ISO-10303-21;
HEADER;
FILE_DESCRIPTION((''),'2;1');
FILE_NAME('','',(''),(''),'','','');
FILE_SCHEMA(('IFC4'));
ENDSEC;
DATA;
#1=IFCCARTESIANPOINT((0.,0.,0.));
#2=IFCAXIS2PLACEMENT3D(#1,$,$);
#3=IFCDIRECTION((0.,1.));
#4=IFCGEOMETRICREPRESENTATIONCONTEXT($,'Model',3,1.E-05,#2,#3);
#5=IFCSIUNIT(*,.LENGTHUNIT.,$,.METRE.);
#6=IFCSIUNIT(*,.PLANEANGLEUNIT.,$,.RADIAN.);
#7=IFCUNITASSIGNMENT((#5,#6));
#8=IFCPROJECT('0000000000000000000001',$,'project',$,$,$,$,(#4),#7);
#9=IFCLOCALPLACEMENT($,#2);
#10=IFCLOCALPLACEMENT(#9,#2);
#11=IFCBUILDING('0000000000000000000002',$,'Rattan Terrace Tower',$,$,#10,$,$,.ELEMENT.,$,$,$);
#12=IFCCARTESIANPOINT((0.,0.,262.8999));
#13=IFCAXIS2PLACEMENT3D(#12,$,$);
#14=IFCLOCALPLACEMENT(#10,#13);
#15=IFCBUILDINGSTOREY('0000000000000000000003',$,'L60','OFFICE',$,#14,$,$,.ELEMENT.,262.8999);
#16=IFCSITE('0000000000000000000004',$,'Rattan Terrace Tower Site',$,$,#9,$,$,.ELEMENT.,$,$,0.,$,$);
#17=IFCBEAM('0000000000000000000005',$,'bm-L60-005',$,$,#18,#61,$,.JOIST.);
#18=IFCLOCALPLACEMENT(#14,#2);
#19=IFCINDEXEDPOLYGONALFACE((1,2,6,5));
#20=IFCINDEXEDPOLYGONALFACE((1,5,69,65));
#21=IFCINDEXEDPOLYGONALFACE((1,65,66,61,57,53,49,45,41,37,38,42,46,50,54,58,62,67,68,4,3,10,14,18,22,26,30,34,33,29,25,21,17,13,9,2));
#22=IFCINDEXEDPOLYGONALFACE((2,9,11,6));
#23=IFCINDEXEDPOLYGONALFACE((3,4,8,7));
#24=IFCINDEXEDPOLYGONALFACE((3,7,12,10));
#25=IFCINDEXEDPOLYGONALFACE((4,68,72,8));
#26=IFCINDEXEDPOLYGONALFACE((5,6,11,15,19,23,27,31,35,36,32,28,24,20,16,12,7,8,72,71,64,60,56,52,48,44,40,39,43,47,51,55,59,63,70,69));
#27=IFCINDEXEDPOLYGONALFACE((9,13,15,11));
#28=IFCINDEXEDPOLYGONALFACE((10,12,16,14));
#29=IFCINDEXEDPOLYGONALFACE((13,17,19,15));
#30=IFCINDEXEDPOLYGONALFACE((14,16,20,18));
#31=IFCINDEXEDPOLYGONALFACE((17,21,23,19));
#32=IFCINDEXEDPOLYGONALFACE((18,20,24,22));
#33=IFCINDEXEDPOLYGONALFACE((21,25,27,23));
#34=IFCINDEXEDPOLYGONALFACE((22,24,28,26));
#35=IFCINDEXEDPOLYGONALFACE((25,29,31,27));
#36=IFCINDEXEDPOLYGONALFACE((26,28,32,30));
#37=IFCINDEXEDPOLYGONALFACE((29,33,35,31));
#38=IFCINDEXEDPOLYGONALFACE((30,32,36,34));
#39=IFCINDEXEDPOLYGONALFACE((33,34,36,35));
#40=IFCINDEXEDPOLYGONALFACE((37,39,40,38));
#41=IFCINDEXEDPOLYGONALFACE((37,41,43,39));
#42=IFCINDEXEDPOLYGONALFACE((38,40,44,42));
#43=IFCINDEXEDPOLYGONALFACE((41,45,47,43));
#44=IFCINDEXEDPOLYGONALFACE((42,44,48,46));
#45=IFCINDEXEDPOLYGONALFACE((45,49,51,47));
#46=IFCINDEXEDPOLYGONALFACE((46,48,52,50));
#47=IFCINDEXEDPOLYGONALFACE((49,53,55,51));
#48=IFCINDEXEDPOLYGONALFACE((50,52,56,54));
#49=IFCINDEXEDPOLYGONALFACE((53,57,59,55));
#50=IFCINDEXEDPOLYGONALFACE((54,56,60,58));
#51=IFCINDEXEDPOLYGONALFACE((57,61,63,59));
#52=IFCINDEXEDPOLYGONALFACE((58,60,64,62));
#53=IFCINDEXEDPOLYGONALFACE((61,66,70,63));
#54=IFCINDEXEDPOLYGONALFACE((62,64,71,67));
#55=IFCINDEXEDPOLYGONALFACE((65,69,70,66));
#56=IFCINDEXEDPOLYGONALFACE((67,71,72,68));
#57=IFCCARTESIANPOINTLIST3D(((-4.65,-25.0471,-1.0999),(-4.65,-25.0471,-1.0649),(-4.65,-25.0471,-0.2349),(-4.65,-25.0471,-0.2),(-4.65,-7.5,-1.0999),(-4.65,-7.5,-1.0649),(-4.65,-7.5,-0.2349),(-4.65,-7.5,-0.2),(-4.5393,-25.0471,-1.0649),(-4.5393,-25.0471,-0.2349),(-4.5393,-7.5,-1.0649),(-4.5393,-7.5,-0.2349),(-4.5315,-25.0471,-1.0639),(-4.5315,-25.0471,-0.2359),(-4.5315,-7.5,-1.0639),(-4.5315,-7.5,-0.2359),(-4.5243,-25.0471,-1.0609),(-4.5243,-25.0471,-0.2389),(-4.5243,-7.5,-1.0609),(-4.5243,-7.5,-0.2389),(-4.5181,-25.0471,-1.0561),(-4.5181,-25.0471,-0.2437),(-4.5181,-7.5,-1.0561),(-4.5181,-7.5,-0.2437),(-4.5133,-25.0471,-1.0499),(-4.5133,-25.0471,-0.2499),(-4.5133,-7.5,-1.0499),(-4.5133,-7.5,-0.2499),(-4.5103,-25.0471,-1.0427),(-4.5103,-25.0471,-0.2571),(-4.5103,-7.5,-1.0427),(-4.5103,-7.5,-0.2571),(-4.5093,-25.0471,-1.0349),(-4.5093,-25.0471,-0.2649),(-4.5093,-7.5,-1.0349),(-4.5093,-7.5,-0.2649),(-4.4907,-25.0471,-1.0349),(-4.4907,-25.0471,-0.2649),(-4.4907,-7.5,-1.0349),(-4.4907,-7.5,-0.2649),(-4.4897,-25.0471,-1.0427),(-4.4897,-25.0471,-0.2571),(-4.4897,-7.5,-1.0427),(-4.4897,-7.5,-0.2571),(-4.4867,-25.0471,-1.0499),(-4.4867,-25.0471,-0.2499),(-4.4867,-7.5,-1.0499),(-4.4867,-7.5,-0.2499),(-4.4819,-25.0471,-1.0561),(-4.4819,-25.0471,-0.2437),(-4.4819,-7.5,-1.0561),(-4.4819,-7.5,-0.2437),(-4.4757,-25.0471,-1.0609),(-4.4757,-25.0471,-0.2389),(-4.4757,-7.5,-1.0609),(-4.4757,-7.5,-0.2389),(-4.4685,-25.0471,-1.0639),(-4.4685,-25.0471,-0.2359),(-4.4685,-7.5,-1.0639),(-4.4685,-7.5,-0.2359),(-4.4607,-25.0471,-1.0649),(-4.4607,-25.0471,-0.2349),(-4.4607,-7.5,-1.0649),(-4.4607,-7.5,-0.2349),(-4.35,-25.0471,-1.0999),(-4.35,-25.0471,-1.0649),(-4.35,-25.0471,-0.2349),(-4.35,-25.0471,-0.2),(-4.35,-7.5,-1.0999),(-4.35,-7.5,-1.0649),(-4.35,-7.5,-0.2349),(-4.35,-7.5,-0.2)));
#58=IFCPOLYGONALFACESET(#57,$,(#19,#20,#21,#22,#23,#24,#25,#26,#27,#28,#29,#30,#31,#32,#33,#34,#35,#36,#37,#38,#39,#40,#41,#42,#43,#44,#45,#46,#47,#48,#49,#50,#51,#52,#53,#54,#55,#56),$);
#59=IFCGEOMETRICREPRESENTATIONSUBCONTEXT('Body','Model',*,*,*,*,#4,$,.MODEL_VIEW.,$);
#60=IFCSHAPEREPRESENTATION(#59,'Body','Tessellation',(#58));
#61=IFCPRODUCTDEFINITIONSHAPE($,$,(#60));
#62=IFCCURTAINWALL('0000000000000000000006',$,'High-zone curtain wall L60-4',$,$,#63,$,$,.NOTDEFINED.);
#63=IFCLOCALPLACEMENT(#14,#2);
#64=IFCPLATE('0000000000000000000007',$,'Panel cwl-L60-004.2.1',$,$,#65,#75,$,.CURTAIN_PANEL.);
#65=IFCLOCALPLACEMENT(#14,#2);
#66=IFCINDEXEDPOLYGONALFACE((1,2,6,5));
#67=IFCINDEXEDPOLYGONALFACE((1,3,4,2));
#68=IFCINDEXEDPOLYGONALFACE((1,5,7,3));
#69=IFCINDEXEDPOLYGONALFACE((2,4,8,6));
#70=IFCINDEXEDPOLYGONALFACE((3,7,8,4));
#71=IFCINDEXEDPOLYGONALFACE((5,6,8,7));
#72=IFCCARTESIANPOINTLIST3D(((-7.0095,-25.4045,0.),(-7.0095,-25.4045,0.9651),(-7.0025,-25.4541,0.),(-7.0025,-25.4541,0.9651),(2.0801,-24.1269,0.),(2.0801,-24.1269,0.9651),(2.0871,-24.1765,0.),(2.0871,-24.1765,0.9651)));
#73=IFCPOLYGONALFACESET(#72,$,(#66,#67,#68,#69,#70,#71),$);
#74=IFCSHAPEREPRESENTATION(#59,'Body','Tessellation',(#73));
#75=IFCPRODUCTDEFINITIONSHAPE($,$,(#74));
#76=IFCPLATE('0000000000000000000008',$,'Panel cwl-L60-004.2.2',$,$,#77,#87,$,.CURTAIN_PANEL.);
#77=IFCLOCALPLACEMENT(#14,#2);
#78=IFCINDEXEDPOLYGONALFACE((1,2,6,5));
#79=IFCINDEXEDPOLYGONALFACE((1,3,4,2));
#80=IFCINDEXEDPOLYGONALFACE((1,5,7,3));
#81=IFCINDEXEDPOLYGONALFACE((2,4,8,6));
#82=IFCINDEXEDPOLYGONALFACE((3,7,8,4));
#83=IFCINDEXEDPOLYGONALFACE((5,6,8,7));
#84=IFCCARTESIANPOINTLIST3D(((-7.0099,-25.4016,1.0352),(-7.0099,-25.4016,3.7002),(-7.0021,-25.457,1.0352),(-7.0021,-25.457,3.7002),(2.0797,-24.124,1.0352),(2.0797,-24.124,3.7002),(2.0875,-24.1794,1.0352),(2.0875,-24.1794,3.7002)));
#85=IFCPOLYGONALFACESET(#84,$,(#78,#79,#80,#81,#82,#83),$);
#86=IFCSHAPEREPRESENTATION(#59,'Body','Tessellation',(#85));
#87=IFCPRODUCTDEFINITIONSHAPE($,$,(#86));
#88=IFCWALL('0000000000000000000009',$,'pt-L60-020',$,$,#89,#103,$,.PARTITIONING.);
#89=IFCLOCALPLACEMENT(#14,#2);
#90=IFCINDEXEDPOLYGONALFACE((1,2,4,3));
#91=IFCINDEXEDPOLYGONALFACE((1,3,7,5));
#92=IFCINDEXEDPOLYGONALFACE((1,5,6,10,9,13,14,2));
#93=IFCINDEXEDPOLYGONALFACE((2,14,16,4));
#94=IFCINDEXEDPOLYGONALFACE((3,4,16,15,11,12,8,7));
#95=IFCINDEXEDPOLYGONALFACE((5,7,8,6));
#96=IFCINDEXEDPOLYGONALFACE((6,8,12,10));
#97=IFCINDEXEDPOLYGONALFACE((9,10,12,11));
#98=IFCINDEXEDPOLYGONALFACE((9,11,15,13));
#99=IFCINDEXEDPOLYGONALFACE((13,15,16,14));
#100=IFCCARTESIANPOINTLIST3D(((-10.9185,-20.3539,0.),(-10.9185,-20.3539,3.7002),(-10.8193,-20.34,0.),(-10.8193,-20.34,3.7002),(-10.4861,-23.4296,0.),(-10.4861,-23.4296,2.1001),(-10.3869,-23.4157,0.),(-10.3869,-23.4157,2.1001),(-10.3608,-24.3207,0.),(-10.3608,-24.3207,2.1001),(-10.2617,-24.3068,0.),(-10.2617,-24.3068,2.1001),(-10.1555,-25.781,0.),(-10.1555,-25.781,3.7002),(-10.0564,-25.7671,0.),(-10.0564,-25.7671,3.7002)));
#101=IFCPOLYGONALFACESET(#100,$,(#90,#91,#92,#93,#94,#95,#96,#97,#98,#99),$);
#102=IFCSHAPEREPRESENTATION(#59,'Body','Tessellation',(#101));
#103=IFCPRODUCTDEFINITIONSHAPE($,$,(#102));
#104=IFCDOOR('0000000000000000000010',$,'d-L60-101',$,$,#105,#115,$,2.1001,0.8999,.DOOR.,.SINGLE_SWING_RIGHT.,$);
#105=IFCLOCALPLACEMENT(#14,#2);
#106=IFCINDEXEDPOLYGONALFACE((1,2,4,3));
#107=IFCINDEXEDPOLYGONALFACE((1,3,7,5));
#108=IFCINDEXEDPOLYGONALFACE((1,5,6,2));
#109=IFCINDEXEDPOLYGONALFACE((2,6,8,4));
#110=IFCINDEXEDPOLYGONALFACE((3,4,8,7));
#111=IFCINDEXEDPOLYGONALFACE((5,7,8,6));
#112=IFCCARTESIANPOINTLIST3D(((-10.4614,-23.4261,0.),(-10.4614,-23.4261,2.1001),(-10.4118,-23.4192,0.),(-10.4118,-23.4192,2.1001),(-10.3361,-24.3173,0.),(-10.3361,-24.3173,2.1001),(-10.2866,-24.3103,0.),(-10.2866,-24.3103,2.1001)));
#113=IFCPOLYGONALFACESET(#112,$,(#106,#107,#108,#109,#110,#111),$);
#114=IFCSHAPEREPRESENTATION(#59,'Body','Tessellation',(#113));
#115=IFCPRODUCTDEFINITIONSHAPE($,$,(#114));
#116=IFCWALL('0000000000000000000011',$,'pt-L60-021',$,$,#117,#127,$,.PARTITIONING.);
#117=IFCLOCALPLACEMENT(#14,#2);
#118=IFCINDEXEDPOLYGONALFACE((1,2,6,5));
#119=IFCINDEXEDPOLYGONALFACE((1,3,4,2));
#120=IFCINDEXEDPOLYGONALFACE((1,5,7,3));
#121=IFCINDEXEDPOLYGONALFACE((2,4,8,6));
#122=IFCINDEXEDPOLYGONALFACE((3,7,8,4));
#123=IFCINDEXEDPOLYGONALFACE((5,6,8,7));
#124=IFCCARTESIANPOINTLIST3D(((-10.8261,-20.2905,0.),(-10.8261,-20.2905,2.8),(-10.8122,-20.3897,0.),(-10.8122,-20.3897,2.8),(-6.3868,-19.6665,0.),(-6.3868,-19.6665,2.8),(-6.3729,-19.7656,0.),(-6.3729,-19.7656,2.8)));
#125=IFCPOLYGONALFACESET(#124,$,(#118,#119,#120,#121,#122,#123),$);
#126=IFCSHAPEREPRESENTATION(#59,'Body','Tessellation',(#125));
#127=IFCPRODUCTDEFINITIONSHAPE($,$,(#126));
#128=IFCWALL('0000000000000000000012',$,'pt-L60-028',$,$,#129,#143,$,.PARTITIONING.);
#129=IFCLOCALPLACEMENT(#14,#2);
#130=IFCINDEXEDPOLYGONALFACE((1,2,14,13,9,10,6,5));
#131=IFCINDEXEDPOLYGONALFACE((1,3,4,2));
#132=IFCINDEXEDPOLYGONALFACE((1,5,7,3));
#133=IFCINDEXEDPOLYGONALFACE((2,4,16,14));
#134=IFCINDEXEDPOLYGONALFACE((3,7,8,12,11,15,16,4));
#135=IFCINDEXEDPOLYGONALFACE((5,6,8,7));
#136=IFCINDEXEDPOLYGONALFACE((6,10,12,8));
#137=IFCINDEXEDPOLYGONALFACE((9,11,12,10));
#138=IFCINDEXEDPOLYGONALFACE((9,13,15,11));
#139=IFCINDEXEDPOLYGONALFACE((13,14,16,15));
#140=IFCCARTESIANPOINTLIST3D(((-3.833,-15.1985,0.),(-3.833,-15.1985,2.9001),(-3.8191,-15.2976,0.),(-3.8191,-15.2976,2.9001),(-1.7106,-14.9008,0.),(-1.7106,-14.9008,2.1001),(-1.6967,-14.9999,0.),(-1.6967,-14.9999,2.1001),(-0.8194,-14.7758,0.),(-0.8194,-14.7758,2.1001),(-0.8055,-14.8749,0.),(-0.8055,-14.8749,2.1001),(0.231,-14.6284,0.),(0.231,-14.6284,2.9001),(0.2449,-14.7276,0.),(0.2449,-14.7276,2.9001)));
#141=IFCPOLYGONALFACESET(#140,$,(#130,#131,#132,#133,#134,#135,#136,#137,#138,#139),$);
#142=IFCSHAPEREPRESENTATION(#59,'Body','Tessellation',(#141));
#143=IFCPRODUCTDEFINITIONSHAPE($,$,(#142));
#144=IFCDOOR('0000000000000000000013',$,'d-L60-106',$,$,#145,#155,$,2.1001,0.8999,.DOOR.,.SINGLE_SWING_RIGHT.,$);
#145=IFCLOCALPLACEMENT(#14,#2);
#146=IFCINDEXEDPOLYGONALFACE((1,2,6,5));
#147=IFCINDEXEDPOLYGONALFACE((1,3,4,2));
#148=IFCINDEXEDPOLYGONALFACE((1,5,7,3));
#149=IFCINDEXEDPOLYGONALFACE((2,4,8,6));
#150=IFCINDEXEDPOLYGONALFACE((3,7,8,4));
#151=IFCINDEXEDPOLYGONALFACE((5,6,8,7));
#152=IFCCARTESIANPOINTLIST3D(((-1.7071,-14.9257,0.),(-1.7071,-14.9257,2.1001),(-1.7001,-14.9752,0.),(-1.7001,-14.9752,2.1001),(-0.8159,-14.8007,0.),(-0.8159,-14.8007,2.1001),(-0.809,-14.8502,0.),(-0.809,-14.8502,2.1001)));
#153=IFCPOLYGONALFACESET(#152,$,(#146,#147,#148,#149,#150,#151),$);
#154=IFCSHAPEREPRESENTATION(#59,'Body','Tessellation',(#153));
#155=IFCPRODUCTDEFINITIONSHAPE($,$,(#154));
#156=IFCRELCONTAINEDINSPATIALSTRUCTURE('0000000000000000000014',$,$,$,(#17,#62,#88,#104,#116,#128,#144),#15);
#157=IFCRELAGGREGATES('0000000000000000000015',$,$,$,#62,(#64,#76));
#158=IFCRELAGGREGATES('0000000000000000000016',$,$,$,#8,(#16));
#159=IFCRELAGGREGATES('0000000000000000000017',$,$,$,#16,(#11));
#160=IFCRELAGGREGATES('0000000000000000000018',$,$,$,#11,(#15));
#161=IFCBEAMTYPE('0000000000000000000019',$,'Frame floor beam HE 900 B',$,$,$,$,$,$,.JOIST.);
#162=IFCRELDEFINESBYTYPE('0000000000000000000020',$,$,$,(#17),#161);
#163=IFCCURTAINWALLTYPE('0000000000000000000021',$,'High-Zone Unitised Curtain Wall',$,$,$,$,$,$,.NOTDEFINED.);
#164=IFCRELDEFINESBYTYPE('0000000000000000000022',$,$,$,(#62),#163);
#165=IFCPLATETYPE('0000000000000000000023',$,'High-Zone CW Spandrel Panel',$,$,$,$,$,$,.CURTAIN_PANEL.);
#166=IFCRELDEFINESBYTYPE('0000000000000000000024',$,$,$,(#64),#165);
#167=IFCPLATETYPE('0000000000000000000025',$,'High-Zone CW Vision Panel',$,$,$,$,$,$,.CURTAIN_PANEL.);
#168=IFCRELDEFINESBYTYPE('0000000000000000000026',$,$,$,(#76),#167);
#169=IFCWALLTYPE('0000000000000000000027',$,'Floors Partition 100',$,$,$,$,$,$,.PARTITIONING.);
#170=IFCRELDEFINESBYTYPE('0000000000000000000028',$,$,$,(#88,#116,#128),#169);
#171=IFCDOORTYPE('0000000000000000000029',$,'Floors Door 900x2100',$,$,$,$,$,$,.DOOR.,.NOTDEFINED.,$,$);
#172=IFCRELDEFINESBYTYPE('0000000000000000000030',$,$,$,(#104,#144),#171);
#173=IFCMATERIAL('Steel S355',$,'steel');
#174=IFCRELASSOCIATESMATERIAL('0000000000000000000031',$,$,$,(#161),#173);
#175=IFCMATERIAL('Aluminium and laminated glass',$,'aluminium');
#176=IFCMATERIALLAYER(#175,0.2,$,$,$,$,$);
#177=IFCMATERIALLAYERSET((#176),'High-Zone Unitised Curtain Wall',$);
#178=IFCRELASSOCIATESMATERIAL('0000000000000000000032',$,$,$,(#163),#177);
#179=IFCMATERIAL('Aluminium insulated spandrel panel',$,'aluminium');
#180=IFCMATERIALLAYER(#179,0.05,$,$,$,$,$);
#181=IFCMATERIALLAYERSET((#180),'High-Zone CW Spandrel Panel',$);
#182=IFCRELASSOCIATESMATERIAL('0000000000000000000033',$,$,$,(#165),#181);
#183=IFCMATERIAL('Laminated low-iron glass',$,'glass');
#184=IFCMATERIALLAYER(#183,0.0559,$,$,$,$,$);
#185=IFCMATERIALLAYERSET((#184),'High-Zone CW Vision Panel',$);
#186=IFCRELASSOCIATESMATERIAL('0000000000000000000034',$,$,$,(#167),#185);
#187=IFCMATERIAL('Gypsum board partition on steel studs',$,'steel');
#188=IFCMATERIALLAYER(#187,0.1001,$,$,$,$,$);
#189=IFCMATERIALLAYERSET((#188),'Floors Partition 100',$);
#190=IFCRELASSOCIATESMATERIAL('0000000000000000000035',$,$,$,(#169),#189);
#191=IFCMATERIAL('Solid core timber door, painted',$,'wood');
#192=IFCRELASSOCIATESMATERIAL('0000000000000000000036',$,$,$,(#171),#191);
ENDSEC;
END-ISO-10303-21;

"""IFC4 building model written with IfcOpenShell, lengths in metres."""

from ifc_helpers import new_model, si_unit, direction, frame, frame_2d, origin, origin_2d, place, context, subcontext, project, spatial, rectangle, i_section, extrude, material, layer, layer_set, material_profile, profile_set, type_object, element, fill, aggregate, save


model = new_model("IFC4")

# Units and contexts
model_context = context("Model", 3, precision=1e-05, world=origin(), true_north=direction((0.0, 1.0)))
body_context = subcontext(model_context, "Body", "Model", "MODEL_VIEW")
ifc_project = project(units=[si_unit("LENGTHUNIT", "METRE"), si_unit("PLANEANGLEUNIT", "RADIAN")], contexts=[model_context])

# Site, building, storey
site_placement = place(None, origin())
site = spatial("IfcSite", under=ifc_project, at=site_placement, Name="Rattan Terrace Tower Site", CompositionType="ELEMENT", RefElevation=0.0)
building_placement = place(site_placement, origin())
building = spatial("IfcBuilding", under=site, at=building_placement, Name="Rattan Terrace Tower", CompositionType="ELEMENT")
storey_placement = place(building_placement, frame((0.0, 0.0, 262.8999)))
storey = spatial("IfcBuildingStorey", under=building, at=storey_placement, Name="L60", Description="OFFICE", CompositionType="ELEMENT", Elevation=262.8999)

# Beam
ifc_material_1 = material(Name="Steel S355", Category="steel")
ifc_material_profile = material_profile(ifc_material_1, i_section(OverallWidth=0.3, OverallDepth=0.8999, WebThickness=0.0186, FlangeThickness=0.0349, FilletRadius=0.03, at=origin_2d()), Name="HE 900 B")
ifc_profile_set = profile_set([ifc_material_profile], Name="Steel S355")
beam_type = type_object("IfcBeamType", Name="Frame floor beam HE 900 B", PredefinedType="JOIST", material=ifc_profile_set)
beam_placement = place(storey_placement, frame((-4.5, -25.0471, -0.6499), z_axis=(0.0, 1.0, 0.0), x_axis=(-1.0, 0.0, 0.0)))
element("IfcBeam", 1, at=beam_placement, inside=storey, type_object=beam_type, Name="bm-L60-005", PredefinedType="JOIST", context=body_context, shape_type="SweptSolid", body=[
    extrude(i_section(OverallWidth=0.3, OverallDepth=0.8999, WebThickness=0.0186, FlangeThickness=0.0349, FilletRadius=0.03, at=origin_2d()), origin(), (0.0, 0.0, 1.0), 17.5471),
])

# Curtain wall, plates
ifc_material_2 = material(Name="Aluminium and laminated glass", Category="aluminium")
ifc_layer_1 = layer(ifc_material_2, 0.2)
ifc_layer_set_1 = layer_set([ifc_layer_1], Name="High-Zone Unitised Curtain Wall")
curtain_wall_type = type_object("IfcCurtainWallType", Name="High-Zone Unitised Curtain Wall", PredefinedType="NOTDEFINED", material=ifc_layer_set_1)
curtain_wall_placement = place(storey_placement, origin())
curtain_wall = element("IfcCurtainWall", 2, at=curtain_wall_placement, inside=storey, type_object=curtain_wall_type, Name="High-zone curtain wall L60-4", PredefinedType="NOTDEFINED")
ifc_material_3 = material(Name="Aluminium insulated spandrel panel", Category="aluminium")
ifc_layer_2 = layer(ifc_material_3, 0.05)
ifc_layer_set_2 = layer_set([ifc_layer_2], Name="High-Zone CW Spandrel Panel")
plate_type_1 = type_object("IfcPlateType", Name="High-Zone CW Spandrel Panel", PredefinedType="CURTAIN_PANEL", material=ifc_layer_set_2)
plate_1_placement = place(storey_placement, frame((-2.4612, -24.7905, 0.0), z_axis=(0.0, 0.0, 1.0), x_axis=(0.990266, 0.139189, 0.0)))
plate_1 = element("IfcPlate", 3, at=plate_1_placement, type_object=plate_type_1, Name="Panel cwl-L60-004.2.1", PredefinedType="CURTAIN_PANEL", context=body_context, shape_type="SweptSolid", body=[
    extrude(rectangle(XDim=9.179, YDim=0.05, at=origin_2d()), origin(), (0.0, 0.0, 1.0), 0.9651),
])
ifc_material_4 = material(Name="Laminated low-iron glass", Category="glass")
ifc_layer_3 = layer(ifc_material_4, 0.0559)
ifc_layer_set_3 = layer_set([ifc_layer_3], Name="High-Zone CW Vision Panel")
plate_type_2 = type_object("IfcPlateType", Name="High-Zone CW Vision Panel", PredefinedType="CURTAIN_PANEL", material=ifc_layer_set_3)
plate_2_placement = place(storey_placement, frame((-2.4612, -24.7905, 1.0352), z_axis=(0.0, 0.0, 1.0), x_axis=(0.990266, 0.139189, 0.0)))
plate_2 = element("IfcPlate", 4, at=plate_2_placement, type_object=plate_type_2, Name="Panel cwl-L60-004.2.2", PredefinedType="CURTAIN_PANEL", context=body_context, shape_type="SweptSolid", body=[
    extrude(rectangle(XDim=9.179, YDim=0.0559, at=origin_2d()), origin(), (0.0, 0.0, 1.0), 2.665),
])
aggregate(curtain_wall, [plate_1, plate_2])

# Wall, opening, door
ifc_material_5 = material(Name="Gypsum board partition on steel studs", Category="steel")
ifc_layer_4 = layer(ifc_material_5, 0.1001)
ifc_layer_set_4 = layer_set([ifc_layer_4], Name="Floors Partition 100")
wall_type_1 = type_object("IfcWallType", Name="Floors Partition 100", PredefinedType="PARTITIONING", material=ifc_layer_set_4)
wall_1_placement = place(storey_placement, frame((-10.8689, -20.3469, 0.0), z_axis=(0.0, 0.0, 1.0), x_axis=(0.139213, -0.990262, 0.0)))
wall_1 = element("IfcWall", 5, at=wall_1_placement, inside=storey, type_object=wall_type_1, Name="pt-L60-020", PredefinedType="PARTITIONING", context=body_context, shape_type="SweptSolid", body=[
    extrude(rectangle(XDim=5.4805, YDim=0.1001, at=frame_2d((2.7402, 0.0))), origin(), (0.0, 0.0, 1.0), 3.7002),
])
opening_1_placement = place(wall_1_placement, frame((3.106, 0.0, 0.0)))
opening_1 = element("IfcOpeningElement", 6, at=opening_1_placement, cuts=wall_1, PredefinedType="OPENING", context=body_context, shape_type="SweptSolid", body=[
    extrude(rectangle(XDim=0.8999, YDim=2.1001, at=frame_2d((0.45, 1.05))), frame((0.0, 0.0605, 0.0), z_axis=(0.0, -1.0, 0.0), x_axis=(1.0, 0.0, 0.0)), (0.0, 0.0, 1.0), 0.1211),
])
ifc_material_6 = material(Name="Solid core timber door, painted", Category="wood")
door_type_1 = type_object("IfcDoorType", Name="Floors Door 900x2100", OperationType="NOTDEFINED", PredefinedType="DOOR", material=ifc_material_6)
door_1_placement = place(opening_1_placement, origin())
door_1 = element("IfcDoor", 7, at=door_1_placement, inside=storey, type_object=door_type_1, Name="d-L60-101", OperationType="SINGLE_SWING_RIGHT", OverallHeight=2.1001, OverallWidth=0.8999, PredefinedType="DOOR", context=body_context, shape_type="SweptSolid", body=[
    extrude(rectangle(XDim=0.8999, YDim=2.1001, at=frame_2d((0.45, 1.05))), frame((0.0, 0.0249, 0.0), z_axis=(0.0, -1.0, 0.0), x_axis=(1.0, 0.0, 0.0)), (0.0, 0.0, 1.0), 0.05),
])
fill(opening_1, door_1)

# Wall
wall_2_placement = place(storey_placement, frame((-6.3799, -19.7161, 0.0), z_axis=(0.0, 0.0, 1.0), x_axis=(-0.990264, -0.139202, 0.0)))
element("IfcWall", 8, at=wall_2_placement, inside=storey, type_object=wall_type_1, Name="pt-L60-021", PredefinedType="PARTITIONING", context=body_context, shape_type="SweptSolid", body=[
    extrude(rectangle(XDim=4.4829, YDim=0.1001, at=frame_2d((2.2415, 0.0))), origin(), (0.0, 0.0, 1.0), 2.8),
])

# Wall, opening, door
wall_3_placement = place(storey_placement, frame((-3.8259, -15.248, 0.0), z_axis=(0.0, 0.0, 1.0), x_axis=(0.990304, 0.138914, 0.0)))
wall_3 = element("IfcWall", 9, at=wall_3_placement, inside=storey, type_object=wall_type_1, Name="pt-L60-028", PredefinedType="PARTITIONING", context=body_context, shape_type="SweptSolid", body=[
    extrude(rectangle(XDim=4.1038, YDim=0.1001, at=frame_2d((2.0518, 0.0))), origin(), (0.0, 0.0, 1.0), 2.9001),
])
opening_2_placement = place(wall_3_placement, frame((2.1431, 0.0, 0.0)))
opening_2 = element("IfcOpeningElement", 10, at=opening_2_placement, cuts=wall_3, PredefinedType="OPENING", context=body_context, shape_type="SweptSolid", body=[
    extrude(rectangle(XDim=0.8999, YDim=2.1001, at=frame_2d((0.45, 1.05))), frame((0.0, 0.0605, 0.0), z_axis=(0.0, -1.0, 0.0), x_axis=(1.0, 0.0, 0.0)), (0.0, 0.0, 1.0), 0.1211),
])
door_2_placement = place(opening_2_placement, origin())
door_2 = element("IfcDoor", 11, at=door_2_placement, inside=storey, type_object=door_type_1, Name="d-L60-106", OperationType="SINGLE_SWING_RIGHT", OverallHeight=2.1001, OverallWidth=0.8999, PredefinedType="DOOR", context=body_context, shape_type="SweptSolid", body=[
    extrude(rectangle(XDim=0.8999, YDim=2.1001, at=frame_2d((0.45, 1.05))), frame((0.0, 0.0249, 0.0), z_axis=(0.0, -1.0, 0.0), x_axis=(1.0, 0.0, 0.0)), (0.0, 0.0, 1.0), 0.05),
])
fill(opening_2, door_2)

save(model, "model.ifc")
